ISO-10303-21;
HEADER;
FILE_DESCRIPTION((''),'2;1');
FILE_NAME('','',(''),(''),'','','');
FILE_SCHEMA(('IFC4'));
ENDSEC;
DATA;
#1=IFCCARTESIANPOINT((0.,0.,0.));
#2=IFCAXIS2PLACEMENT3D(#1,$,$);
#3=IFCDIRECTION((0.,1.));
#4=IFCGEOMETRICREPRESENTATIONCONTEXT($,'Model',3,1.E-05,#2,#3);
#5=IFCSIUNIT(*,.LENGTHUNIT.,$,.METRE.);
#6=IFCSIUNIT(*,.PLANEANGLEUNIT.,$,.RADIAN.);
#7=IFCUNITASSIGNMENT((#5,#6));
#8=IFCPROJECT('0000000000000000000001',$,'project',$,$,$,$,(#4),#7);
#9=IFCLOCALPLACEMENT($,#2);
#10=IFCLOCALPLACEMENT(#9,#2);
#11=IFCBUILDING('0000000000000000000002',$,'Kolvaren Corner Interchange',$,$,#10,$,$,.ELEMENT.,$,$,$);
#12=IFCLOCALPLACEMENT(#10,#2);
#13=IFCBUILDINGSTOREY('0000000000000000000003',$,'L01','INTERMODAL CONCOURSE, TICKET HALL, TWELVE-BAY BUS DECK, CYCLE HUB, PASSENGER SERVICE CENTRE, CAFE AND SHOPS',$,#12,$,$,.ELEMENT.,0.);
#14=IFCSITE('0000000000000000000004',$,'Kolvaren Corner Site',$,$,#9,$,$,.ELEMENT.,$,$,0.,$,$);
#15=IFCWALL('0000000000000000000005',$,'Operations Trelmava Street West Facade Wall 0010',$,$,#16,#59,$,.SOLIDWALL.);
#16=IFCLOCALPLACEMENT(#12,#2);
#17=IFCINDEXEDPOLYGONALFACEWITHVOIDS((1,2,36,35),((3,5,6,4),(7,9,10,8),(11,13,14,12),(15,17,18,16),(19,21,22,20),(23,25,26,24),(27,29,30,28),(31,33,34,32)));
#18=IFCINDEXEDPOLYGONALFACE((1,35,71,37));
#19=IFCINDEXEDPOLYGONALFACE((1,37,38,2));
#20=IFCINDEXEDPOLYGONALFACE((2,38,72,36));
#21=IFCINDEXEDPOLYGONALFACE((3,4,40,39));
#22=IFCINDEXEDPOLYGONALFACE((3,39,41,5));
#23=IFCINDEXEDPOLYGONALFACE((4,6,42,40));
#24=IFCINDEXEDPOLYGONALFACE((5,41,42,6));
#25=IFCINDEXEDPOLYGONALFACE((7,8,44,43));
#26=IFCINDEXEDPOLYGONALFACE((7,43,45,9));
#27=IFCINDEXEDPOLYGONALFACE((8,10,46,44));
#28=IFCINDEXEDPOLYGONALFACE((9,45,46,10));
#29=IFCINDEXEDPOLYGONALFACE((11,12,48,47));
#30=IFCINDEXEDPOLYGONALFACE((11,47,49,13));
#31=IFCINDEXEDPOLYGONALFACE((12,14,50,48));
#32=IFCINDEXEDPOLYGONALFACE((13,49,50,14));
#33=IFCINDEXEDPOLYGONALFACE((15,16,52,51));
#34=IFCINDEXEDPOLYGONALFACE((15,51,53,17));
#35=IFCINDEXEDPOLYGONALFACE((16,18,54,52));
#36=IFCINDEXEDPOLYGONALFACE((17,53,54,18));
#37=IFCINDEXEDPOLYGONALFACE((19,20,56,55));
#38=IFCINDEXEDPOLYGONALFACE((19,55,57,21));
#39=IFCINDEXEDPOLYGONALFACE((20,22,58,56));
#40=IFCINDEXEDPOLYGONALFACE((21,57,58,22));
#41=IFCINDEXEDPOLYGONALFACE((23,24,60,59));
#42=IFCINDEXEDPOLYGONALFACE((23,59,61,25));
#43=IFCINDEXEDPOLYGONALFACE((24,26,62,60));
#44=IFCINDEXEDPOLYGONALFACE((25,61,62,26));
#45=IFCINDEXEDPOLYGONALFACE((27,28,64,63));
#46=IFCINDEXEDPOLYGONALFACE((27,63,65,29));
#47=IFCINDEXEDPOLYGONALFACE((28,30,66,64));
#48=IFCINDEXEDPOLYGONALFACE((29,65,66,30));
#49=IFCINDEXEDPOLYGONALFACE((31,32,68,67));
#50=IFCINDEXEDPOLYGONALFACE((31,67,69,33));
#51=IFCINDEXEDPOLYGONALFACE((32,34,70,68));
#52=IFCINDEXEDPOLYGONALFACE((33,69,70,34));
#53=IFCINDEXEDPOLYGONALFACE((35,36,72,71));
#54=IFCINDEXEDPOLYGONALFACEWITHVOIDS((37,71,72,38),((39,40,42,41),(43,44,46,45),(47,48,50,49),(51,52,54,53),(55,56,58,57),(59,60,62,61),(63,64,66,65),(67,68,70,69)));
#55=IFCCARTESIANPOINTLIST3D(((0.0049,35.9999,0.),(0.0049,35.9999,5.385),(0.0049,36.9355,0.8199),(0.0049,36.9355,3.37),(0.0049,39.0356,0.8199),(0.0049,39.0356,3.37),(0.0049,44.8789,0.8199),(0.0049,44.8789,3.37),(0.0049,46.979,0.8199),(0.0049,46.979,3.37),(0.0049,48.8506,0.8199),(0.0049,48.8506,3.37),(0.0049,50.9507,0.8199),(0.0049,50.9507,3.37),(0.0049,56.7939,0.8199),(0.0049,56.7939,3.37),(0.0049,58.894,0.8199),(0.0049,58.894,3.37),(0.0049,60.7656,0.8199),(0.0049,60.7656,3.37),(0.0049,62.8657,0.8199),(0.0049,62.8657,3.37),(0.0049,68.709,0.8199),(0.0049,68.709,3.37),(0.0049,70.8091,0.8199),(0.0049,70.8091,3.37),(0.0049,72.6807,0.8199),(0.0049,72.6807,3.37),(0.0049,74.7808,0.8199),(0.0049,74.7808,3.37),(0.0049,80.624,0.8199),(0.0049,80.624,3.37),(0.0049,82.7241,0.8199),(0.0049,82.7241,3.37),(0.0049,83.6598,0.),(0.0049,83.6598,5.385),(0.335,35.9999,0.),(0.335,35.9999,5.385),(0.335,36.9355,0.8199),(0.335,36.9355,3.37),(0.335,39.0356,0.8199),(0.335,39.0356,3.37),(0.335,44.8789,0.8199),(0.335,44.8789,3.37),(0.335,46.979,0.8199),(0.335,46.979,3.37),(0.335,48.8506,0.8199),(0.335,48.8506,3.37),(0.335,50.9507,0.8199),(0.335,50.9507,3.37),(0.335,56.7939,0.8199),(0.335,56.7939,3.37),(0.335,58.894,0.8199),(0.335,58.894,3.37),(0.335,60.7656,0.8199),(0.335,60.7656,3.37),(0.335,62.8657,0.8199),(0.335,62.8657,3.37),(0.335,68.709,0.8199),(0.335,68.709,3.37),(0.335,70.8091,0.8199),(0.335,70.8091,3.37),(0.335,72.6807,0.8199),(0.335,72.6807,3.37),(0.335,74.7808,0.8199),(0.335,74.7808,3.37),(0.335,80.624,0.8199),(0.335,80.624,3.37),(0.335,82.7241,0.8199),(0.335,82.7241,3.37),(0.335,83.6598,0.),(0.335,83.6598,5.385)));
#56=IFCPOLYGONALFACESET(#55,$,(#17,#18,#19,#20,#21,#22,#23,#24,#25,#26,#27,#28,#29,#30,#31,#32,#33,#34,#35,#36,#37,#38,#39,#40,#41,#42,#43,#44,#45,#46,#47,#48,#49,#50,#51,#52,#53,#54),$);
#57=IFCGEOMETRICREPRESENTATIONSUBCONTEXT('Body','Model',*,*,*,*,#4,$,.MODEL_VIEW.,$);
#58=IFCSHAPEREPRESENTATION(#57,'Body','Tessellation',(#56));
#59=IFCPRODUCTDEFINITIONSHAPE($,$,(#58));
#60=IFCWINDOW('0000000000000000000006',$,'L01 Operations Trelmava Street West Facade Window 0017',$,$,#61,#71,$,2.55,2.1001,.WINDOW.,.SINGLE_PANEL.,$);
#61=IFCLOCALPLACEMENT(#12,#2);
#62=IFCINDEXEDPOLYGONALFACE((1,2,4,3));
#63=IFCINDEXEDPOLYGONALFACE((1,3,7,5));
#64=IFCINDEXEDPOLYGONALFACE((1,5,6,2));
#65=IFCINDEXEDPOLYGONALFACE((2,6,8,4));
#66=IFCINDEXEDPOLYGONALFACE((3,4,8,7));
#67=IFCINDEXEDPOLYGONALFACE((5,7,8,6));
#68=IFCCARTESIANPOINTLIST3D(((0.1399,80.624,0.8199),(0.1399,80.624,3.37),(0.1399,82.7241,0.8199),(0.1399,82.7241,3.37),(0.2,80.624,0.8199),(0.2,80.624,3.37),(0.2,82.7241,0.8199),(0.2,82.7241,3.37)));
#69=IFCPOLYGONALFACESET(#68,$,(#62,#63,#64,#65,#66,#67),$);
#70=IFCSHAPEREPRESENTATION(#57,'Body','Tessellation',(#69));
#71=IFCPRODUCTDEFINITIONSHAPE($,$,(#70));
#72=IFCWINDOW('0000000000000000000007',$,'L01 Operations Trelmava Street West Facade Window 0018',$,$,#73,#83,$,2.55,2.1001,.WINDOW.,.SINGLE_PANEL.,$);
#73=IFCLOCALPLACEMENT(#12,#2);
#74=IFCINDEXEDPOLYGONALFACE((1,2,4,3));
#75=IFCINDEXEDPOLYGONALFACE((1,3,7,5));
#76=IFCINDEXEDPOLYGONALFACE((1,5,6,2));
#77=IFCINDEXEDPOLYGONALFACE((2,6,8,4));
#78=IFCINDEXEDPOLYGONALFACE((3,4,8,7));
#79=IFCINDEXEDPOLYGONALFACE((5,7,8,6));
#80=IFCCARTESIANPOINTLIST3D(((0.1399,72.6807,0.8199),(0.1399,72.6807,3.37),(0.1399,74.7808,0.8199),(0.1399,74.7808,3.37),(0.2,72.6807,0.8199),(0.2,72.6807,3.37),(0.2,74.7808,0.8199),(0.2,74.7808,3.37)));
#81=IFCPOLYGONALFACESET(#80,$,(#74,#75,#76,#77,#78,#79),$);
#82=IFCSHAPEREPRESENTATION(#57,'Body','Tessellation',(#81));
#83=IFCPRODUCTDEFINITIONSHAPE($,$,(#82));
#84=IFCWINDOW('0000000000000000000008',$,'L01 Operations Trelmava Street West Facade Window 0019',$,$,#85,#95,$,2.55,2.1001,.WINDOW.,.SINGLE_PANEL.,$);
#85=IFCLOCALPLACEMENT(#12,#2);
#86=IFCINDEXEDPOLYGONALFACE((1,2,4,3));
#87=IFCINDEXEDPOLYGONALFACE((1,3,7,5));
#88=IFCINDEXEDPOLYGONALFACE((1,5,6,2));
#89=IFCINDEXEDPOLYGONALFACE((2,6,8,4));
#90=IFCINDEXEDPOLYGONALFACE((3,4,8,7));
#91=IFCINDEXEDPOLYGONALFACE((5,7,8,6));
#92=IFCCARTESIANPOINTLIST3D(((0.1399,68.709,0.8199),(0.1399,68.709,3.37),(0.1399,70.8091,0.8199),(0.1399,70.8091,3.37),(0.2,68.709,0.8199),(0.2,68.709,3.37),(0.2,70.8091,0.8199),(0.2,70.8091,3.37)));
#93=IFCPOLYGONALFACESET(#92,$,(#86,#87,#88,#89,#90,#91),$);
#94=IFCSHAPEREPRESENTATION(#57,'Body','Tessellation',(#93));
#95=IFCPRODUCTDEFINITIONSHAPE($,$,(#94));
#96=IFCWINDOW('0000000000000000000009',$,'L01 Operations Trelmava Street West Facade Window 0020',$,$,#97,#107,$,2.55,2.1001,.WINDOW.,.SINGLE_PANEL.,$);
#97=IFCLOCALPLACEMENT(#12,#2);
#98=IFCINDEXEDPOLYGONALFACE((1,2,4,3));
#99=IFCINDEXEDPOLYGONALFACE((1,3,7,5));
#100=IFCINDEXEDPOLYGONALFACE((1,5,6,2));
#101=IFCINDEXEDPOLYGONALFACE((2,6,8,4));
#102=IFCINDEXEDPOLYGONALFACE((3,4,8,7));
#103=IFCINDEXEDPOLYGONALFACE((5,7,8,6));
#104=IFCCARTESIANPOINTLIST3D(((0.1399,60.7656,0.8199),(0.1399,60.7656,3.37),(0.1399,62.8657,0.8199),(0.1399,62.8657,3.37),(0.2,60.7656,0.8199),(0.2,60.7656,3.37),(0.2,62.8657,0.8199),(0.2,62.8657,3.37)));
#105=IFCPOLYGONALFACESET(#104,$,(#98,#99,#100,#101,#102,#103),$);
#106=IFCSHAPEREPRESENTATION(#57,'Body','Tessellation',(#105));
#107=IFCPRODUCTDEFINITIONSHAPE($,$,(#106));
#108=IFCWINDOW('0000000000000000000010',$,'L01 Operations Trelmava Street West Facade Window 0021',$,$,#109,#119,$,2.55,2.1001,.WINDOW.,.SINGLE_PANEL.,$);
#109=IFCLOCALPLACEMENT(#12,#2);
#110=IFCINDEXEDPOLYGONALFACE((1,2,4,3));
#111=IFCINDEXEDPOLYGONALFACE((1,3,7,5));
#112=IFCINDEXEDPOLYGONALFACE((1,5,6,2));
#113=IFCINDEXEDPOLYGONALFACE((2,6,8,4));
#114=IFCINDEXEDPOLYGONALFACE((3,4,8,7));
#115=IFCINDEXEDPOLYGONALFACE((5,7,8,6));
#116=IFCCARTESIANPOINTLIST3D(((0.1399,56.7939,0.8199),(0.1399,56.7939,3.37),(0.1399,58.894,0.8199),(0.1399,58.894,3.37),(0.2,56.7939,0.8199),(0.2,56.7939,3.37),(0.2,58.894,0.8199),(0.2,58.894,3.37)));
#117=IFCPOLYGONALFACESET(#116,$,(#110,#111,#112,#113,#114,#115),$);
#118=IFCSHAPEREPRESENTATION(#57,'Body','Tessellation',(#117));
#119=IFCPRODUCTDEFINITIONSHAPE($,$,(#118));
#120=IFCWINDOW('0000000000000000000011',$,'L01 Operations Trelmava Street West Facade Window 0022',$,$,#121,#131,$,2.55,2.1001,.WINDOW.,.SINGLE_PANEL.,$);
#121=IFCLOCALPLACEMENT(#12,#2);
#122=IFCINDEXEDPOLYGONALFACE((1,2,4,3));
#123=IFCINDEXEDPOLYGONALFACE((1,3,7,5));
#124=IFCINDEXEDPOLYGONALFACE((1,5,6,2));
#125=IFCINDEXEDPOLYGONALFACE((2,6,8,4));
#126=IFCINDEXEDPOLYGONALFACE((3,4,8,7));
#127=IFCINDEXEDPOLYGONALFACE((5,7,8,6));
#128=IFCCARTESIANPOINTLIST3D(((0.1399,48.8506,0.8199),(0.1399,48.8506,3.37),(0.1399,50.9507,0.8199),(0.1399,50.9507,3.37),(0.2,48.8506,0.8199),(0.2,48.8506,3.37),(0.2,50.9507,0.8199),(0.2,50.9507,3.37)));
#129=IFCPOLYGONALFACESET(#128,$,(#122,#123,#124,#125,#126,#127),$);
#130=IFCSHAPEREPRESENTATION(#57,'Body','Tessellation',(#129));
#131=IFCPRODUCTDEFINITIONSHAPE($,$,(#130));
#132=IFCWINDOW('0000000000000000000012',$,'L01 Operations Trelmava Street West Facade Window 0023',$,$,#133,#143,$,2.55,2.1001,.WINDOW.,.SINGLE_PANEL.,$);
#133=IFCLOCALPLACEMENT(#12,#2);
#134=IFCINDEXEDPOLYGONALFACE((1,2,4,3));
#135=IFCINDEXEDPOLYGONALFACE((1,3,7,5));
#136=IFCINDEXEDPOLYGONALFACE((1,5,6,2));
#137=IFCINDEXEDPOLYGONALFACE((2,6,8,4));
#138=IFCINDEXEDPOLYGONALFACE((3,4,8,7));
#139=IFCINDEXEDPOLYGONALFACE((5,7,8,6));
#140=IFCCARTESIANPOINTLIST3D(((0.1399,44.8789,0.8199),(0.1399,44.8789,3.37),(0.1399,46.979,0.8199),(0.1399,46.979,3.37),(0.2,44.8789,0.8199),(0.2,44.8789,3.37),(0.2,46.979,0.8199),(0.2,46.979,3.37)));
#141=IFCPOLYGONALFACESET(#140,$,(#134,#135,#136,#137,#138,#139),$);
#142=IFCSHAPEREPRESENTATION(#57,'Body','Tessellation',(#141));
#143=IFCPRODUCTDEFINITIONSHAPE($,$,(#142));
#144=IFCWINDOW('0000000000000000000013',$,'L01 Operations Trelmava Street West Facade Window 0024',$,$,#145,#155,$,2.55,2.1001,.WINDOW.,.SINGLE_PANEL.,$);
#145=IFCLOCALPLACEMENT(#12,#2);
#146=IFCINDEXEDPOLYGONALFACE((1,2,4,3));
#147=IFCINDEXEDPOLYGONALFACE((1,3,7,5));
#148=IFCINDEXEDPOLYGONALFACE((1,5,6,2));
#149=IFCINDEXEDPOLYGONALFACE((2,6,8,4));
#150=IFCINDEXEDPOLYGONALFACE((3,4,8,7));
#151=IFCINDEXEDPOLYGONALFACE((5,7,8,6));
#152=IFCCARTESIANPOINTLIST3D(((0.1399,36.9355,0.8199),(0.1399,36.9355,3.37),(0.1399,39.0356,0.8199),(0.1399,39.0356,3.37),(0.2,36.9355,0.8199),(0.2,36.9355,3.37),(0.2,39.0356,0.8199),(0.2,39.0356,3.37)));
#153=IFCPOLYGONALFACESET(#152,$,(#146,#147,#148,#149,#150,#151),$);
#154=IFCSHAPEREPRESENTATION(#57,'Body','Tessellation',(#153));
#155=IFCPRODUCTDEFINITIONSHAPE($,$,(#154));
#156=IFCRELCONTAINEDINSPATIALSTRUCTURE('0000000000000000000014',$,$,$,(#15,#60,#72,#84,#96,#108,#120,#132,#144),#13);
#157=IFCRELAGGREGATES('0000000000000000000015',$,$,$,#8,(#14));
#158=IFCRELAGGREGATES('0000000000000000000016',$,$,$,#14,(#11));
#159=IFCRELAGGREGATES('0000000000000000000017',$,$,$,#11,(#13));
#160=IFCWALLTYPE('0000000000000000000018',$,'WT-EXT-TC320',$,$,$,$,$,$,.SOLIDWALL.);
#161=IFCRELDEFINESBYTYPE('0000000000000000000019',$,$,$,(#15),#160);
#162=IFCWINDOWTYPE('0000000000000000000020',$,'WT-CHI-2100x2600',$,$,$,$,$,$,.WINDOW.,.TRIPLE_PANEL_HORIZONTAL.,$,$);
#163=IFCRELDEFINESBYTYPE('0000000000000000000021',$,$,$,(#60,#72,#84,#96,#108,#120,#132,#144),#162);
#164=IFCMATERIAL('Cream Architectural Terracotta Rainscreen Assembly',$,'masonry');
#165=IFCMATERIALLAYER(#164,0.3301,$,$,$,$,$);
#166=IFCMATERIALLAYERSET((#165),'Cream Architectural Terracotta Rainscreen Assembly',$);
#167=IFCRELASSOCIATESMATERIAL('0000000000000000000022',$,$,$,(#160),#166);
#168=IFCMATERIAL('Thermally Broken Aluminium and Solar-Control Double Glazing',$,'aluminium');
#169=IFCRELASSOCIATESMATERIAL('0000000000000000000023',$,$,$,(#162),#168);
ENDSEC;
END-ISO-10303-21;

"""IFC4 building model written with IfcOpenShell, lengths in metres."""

from ifc_helpers import new_model, si_unit, direction, frame, frame_2d, origin, place, context, subcontext, project, spatial, rectangle, extrude, material, layer, layer_set, type_object, element, fill, save


model = new_model("IFC4")

# Units and contexts
model_context = context("Model", 3, precision=1e-05, world=origin(), true_north=direction((0.0, 1.0)))
body_context = subcontext(model_context, "Body", "Model", "MODEL_VIEW")
ifc_project = project(units=[si_unit("LENGTHUNIT", "METRE"), si_unit("PLANEANGLEUNIT", "RADIAN")], contexts=[model_context])

# Site, building, storey
site_placement = place(None, origin())
site = spatial("IfcSite", under=ifc_project, at=site_placement, Name="Kolvaren Corner Site", CompositionType="ELEMENT", RefElevation=0.0)
building_placement = place(site_placement, origin())
building = spatial("IfcBuilding", under=site, at=building_placement, Name="Kolvaren Corner Interchange", CompositionType="ELEMENT")
storey_placement = place(building_placement, origin())
storey = spatial("IfcBuildingStorey", under=building, at=storey_placement, Name="L01", Description="INTERMODAL CONCOURSE, TICKET HALL, TWELVE-BAY BUS DECK, CYCLE HUB, PASSENGER SERVICE CENTRE, CAFE AND SHOPS", CompositionType="ELEMENT", Elevation=0.0)

# Wall, openings, windows
ifc_material_1 = material(Name="Cream Architectural Terracotta Rainscreen Assembly", Category="masonry")
ifc_layer = layer(ifc_material_1, 0.3301)
ifc_layer_set = layer_set([ifc_layer], Name="Cream Architectural Terracotta Rainscreen Assembly")
wall_type = type_object("IfcWallType", Name="WT-EXT-TC320", PredefinedType="SOLIDWALL", material=ifc_layer_set)
wall_placement = place(storey_placement, frame((0.1699, 83.6599, 0.0), z_axis=(0.0, 0.0, 1.0), x_axis=(0.0, -1.0, 0.0)))
wall = element("IfcWall", 1, at=wall_placement, inside=storey, type_object=wall_type, Name="Operations Trelmava Street West Facade Wall 0010", PredefinedType="SOLIDWALL", context=body_context, shape_type="SweptSolid", body=[
    extrude(rectangle(XDim=47.6599, YDim=0.3301, at=frame_2d((23.8301, 0.0))), origin(), (0.0, 0.0, 1.0), 5.385),
])
opening_1_placement = place(wall_placement, frame((0.9358, 0.0, 0.8201)))
opening_1 = element("IfcOpeningElement", 2, at=opening_1_placement, cuts=wall, PredefinedType="OPENING", context=body_context, shape_type="SweptSolid", body=[
    extrude(rectangle(XDim=2.1001, YDim=2.55, at=frame_2d((1.05, 1.2749))), frame((0.0, 0.175, 0.0), z_axis=(0.0, -1.0, 0.0), x_axis=(1.0, 0.0, 0.0)), (0.0, 0.0, 1.0), 0.3501),
])
opening_2_placement = place(wall_placement, frame((8.8792, 0.0, 0.8201)))
opening_2 = element("IfcOpeningElement", 3, at=opening_2_placement, cuts=wall, PredefinedType="OPENING", context=body_context, shape_type="SweptSolid", body=[
    extrude(rectangle(XDim=2.1001, YDim=2.55, at=frame_2d((1.05, 1.2749))), frame((0.0, 0.175, 0.0), z_axis=(0.0, -1.0, 0.0), x_axis=(1.0, 0.0, 0.0)), (0.0, 0.0, 1.0), 0.3501),
])
opening_3_placement = place(wall_placement, frame((12.8508, 0.0, 0.8201)))
opening_3 = element("IfcOpeningElement", 4, at=opening_3_placement, cuts=wall, PredefinedType="OPENING", context=body_context, shape_type="SweptSolid", body=[
    extrude(rectangle(XDim=2.1001, YDim=2.55, at=frame_2d((1.05, 1.2749))), frame((0.0, 0.175, 0.0), z_axis=(0.0, -1.0, 0.0), x_axis=(1.0, 0.0, 0.0)), (0.0, 0.0, 1.0), 0.3501),
])
opening_4_placement = place(wall_placement, frame((20.7942, 0.0, 0.8201)))
opening_4 = element("IfcOpeningElement", 5, at=opening_4_placement, cuts=wall, PredefinedType="OPENING", context=body_context, shape_type="SweptSolid", body=[
    extrude(rectangle(XDim=2.1001, YDim=2.55, at=frame_2d((1.05, 1.2749))), frame((0.0, 0.175, 0.0), z_axis=(0.0, -1.0, 0.0), x_axis=(1.0, 0.0, 0.0)), (0.0, 0.0, 1.0), 0.3501),
])
opening_5_placement = place(wall_placement, frame((24.7659, 0.0, 0.8201)))
opening_5 = element("IfcOpeningElement", 6, at=opening_5_placement, cuts=wall, PredefinedType="OPENING", context=body_context, shape_type="SweptSolid", body=[
    extrude(rectangle(XDim=2.1001, YDim=2.55, at=frame_2d((1.05, 1.2749))), frame((0.0, 0.175, 0.0), z_axis=(0.0, -1.0, 0.0), x_axis=(1.0, 0.0, 0.0)), (0.0, 0.0, 1.0), 0.3501),
])
opening_6_placement = place(wall_placement, frame((32.7092, 0.0, 0.8201)))
opening_6 = element("IfcOpeningElement", 7, at=opening_6_placement, cuts=wall, PredefinedType="OPENING", context=body_context, shape_type="SweptSolid", body=[
    extrude(rectangle(XDim=2.1001, YDim=2.55, at=frame_2d((1.05, 1.2749))), frame((0.0, 0.175, 0.0), z_axis=(0.0, -1.0, 0.0), x_axis=(1.0, 0.0, 0.0)), (0.0, 0.0, 1.0), 0.3501),
])
opening_7_placement = place(wall_placement, frame((36.6809, 0.0, 0.8201)))
opening_7 = element("IfcOpeningElement", 8, at=opening_7_placement, cuts=wall, PredefinedType="OPENING", context=body_context, shape_type="SweptSolid", body=[
    extrude(rectangle(XDim=2.1001, YDim=2.55, at=frame_2d((1.05, 1.2749))), frame((0.0, 0.175, 0.0), z_axis=(0.0, -1.0, 0.0), x_axis=(1.0, 0.0, 0.0)), (0.0, 0.0, 1.0), 0.3501),
])
opening_8_placement = place(wall_placement, frame((44.6243, 0.0, 0.8201)))
opening_8 = element("IfcOpeningElement", 9, at=opening_8_placement, cuts=wall, PredefinedType="OPENING", context=body_context, shape_type="SweptSolid", body=[
    extrude(rectangle(XDim=2.1001, YDim=2.55, at=frame_2d((1.05, 1.2749))), frame((0.0, 0.175, 0.0), z_axis=(0.0, -1.0, 0.0), x_axis=(1.0, 0.0, 0.0)), (0.0, 0.0, 1.0), 0.3501),
])
ifc_material_2 = material(Name="Thermally Broken Aluminium and Solar-Control Double Glazing", Category="aluminium")
window_type = type_object("IfcWindowType", Name="WT-CHI-2100x2600", PartitioningType="TRIPLE_PANEL_HORIZONTAL", PredefinedType="WINDOW", material=ifc_material_2)
window_1_placement = place(opening_1_placement, origin())
window_1 = element("IfcWindow", 10, at=window_1_placement, inside=storey, type_object=window_type, Name="L01 Operations Trelmava Street West Facade Window 0017", OverallHeight=2.55, OverallWidth=2.1001, PartitioningType="SINGLE_PANEL", PredefinedType="WINDOW", context=body_context, shape_type="SweptSolid", body=[
    extrude(rectangle(XDim=2.1001, YDim=2.55, at=frame_2d((1.05, 1.2749))), frame((0.0, 0.03, 0.0), z_axis=(0.0, -1.0, 0.0), x_axis=(1.0, 0.0, 0.0)), (0.0, 0.0, 1.0), 0.0601),
])
fill(opening_1, window_1)
window_2_placement = place(opening_2_placement, origin())
window_2 = element("IfcWindow", 11, at=window_2_placement, inside=storey, type_object=window_type, Name="L01 Operations Trelmava Street West Facade Window 0018", OverallHeight=2.55, OverallWidth=2.1001, PartitioningType="SINGLE_PANEL", PredefinedType="WINDOW", context=body_context, shape_type="SweptSolid", body=[
    extrude(rectangle(XDim=2.1001, YDim=2.55, at=frame_2d((1.05, 1.2749))), frame((0.0, 0.03, 0.0), z_axis=(0.0, -1.0, 0.0), x_axis=(1.0, 0.0, 0.0)), (0.0, 0.0, 1.0), 0.0601),
])
fill(opening_2, window_2)
window_3_placement = place(opening_3_placement, origin())
window_3 = element("IfcWindow", 12, at=window_3_placement, inside=storey, type_object=window_type, Name="L01 Operations Trelmava Street West Facade Window 0019", OverallHeight=2.55, OverallWidth=2.1001, PartitioningType="SINGLE_PANEL", PredefinedType="WINDOW", context=body_context, shape_type="SweptSolid", body=[
    extrude(rectangle(XDim=2.1001, YDim=2.55, at=frame_2d((1.05, 1.2749))), frame((0.0, 0.03, 0.0), z_axis=(0.0, -1.0, 0.0), x_axis=(1.0, 0.0, 0.0)), (0.0, 0.0, 1.0), 0.0601),
])
fill(opening_3, window_3)
window_4_placement = place(opening_4_placement, origin())
window_4 = element("IfcWindow", 13, at=window_4_placement, inside=storey, type_object=window_type, Name="L01 Operations Trelmava Street West Facade Window 0020", OverallHeight=2.55, OverallWidth=2.1001, PartitioningType="SINGLE_PANEL", PredefinedType="WINDOW", context=body_context, shape_type="SweptSolid", body=[
    extrude(rectangle(XDim=2.1001, YDim=2.55, at=frame_2d((1.05, 1.2749))), frame((0.0, 0.03, 0.0), z_axis=(0.0, -1.0, 0.0), x_axis=(1.0, 0.0, 0.0)), (0.0, 0.0, 1.0), 0.0601),
])
fill(opening_4, window_4)
window_5_placement = place(opening_5_placement, origin())
window_5 = element("IfcWindow", 14, at=window_5_placement, inside=storey, type_object=window_type, Name="L01 Operations Trelmava Street West Facade Window 0021", OverallHeight=2.55, OverallWidth=2.1001, PartitioningType="SINGLE_PANEL", PredefinedType="WINDOW", context=body_context, shape_type="SweptSolid", body=[
    extrude(rectangle(XDim=2.1001, YDim=2.55, at=frame_2d((1.05, 1.2749))), frame((0.0, 0.03, 0.0), z_axis=(0.0, -1.0, 0.0), x_axis=(1.0, 0.0, 0.0)), (0.0, 0.0, 1.0), 0.0601),
])
fill(opening_5, window_5)
window_6_placement = place(opening_6_placement, origin())
window_6 = element("IfcWindow", 15, at=window_6_placement, inside=storey, type_object=window_type, Name="L01 Operations Trelmava Street West Facade Window 0022", OverallHeight=2.55, OverallWidth=2.1001, PartitioningType="SINGLE_PANEL", PredefinedType="WINDOW", context=body_context, shape_type="SweptSolid", body=[
    extrude(rectangle(XDim=2.1001, YDim=2.55, at=frame_2d((1.05, 1.2749))), frame((0.0, 0.03, 0.0), z_axis=(0.0, -1.0, 0.0), x_axis=(1.0, 0.0, 0.0)), (0.0, 0.0, 1.0), 0.0601),
])
fill(opening_6, window_6)
window_7_placement = place(opening_7_placement, origin())
window_7 = element("IfcWindow", 16, at=window_7_placement, inside=storey, type_object=window_type, Name="L01 Operations Trelmava Street West Facade Window 0023", OverallHeight=2.55, OverallWidth=2.1001, PartitioningType="SINGLE_PANEL", PredefinedType="WINDOW", context=body_context, shape_type="SweptSolid", body=[
    extrude(rectangle(XDim=2.1001, YDim=2.55, at=frame_2d((1.05, 1.2749))), frame((0.0, 0.03, 0.0), z_axis=(0.0, -1.0, 0.0), x_axis=(1.0, 0.0, 0.0)), (0.0, 0.0, 1.0), 0.0601),
])
fill(opening_7, window_7)
window_8_placement = place(opening_8_placement, origin())
window_8 = element("IfcWindow", 17, at=window_8_placement, inside=storey, type_object=window_type, Name="L01 Operations Trelmava Street West Facade Window 0024", OverallHeight=2.55, OverallWidth=2.1001, PartitioningType="SINGLE_PANEL", PredefinedType="WINDOW", context=body_context, shape_type="SweptSolid", body=[
    extrude(rectangle(XDim=2.1001, YDim=2.55, at=frame_2d((1.05, 1.2749))), frame((0.0, 0.03, 0.0), z_axis=(0.0, -1.0, 0.0), x_axis=(1.0, 0.0, 0.0)), (0.0, 0.0, 1.0), 0.0601),
])
fill(opening_8, window_8)

save(model, "model.ifc")
